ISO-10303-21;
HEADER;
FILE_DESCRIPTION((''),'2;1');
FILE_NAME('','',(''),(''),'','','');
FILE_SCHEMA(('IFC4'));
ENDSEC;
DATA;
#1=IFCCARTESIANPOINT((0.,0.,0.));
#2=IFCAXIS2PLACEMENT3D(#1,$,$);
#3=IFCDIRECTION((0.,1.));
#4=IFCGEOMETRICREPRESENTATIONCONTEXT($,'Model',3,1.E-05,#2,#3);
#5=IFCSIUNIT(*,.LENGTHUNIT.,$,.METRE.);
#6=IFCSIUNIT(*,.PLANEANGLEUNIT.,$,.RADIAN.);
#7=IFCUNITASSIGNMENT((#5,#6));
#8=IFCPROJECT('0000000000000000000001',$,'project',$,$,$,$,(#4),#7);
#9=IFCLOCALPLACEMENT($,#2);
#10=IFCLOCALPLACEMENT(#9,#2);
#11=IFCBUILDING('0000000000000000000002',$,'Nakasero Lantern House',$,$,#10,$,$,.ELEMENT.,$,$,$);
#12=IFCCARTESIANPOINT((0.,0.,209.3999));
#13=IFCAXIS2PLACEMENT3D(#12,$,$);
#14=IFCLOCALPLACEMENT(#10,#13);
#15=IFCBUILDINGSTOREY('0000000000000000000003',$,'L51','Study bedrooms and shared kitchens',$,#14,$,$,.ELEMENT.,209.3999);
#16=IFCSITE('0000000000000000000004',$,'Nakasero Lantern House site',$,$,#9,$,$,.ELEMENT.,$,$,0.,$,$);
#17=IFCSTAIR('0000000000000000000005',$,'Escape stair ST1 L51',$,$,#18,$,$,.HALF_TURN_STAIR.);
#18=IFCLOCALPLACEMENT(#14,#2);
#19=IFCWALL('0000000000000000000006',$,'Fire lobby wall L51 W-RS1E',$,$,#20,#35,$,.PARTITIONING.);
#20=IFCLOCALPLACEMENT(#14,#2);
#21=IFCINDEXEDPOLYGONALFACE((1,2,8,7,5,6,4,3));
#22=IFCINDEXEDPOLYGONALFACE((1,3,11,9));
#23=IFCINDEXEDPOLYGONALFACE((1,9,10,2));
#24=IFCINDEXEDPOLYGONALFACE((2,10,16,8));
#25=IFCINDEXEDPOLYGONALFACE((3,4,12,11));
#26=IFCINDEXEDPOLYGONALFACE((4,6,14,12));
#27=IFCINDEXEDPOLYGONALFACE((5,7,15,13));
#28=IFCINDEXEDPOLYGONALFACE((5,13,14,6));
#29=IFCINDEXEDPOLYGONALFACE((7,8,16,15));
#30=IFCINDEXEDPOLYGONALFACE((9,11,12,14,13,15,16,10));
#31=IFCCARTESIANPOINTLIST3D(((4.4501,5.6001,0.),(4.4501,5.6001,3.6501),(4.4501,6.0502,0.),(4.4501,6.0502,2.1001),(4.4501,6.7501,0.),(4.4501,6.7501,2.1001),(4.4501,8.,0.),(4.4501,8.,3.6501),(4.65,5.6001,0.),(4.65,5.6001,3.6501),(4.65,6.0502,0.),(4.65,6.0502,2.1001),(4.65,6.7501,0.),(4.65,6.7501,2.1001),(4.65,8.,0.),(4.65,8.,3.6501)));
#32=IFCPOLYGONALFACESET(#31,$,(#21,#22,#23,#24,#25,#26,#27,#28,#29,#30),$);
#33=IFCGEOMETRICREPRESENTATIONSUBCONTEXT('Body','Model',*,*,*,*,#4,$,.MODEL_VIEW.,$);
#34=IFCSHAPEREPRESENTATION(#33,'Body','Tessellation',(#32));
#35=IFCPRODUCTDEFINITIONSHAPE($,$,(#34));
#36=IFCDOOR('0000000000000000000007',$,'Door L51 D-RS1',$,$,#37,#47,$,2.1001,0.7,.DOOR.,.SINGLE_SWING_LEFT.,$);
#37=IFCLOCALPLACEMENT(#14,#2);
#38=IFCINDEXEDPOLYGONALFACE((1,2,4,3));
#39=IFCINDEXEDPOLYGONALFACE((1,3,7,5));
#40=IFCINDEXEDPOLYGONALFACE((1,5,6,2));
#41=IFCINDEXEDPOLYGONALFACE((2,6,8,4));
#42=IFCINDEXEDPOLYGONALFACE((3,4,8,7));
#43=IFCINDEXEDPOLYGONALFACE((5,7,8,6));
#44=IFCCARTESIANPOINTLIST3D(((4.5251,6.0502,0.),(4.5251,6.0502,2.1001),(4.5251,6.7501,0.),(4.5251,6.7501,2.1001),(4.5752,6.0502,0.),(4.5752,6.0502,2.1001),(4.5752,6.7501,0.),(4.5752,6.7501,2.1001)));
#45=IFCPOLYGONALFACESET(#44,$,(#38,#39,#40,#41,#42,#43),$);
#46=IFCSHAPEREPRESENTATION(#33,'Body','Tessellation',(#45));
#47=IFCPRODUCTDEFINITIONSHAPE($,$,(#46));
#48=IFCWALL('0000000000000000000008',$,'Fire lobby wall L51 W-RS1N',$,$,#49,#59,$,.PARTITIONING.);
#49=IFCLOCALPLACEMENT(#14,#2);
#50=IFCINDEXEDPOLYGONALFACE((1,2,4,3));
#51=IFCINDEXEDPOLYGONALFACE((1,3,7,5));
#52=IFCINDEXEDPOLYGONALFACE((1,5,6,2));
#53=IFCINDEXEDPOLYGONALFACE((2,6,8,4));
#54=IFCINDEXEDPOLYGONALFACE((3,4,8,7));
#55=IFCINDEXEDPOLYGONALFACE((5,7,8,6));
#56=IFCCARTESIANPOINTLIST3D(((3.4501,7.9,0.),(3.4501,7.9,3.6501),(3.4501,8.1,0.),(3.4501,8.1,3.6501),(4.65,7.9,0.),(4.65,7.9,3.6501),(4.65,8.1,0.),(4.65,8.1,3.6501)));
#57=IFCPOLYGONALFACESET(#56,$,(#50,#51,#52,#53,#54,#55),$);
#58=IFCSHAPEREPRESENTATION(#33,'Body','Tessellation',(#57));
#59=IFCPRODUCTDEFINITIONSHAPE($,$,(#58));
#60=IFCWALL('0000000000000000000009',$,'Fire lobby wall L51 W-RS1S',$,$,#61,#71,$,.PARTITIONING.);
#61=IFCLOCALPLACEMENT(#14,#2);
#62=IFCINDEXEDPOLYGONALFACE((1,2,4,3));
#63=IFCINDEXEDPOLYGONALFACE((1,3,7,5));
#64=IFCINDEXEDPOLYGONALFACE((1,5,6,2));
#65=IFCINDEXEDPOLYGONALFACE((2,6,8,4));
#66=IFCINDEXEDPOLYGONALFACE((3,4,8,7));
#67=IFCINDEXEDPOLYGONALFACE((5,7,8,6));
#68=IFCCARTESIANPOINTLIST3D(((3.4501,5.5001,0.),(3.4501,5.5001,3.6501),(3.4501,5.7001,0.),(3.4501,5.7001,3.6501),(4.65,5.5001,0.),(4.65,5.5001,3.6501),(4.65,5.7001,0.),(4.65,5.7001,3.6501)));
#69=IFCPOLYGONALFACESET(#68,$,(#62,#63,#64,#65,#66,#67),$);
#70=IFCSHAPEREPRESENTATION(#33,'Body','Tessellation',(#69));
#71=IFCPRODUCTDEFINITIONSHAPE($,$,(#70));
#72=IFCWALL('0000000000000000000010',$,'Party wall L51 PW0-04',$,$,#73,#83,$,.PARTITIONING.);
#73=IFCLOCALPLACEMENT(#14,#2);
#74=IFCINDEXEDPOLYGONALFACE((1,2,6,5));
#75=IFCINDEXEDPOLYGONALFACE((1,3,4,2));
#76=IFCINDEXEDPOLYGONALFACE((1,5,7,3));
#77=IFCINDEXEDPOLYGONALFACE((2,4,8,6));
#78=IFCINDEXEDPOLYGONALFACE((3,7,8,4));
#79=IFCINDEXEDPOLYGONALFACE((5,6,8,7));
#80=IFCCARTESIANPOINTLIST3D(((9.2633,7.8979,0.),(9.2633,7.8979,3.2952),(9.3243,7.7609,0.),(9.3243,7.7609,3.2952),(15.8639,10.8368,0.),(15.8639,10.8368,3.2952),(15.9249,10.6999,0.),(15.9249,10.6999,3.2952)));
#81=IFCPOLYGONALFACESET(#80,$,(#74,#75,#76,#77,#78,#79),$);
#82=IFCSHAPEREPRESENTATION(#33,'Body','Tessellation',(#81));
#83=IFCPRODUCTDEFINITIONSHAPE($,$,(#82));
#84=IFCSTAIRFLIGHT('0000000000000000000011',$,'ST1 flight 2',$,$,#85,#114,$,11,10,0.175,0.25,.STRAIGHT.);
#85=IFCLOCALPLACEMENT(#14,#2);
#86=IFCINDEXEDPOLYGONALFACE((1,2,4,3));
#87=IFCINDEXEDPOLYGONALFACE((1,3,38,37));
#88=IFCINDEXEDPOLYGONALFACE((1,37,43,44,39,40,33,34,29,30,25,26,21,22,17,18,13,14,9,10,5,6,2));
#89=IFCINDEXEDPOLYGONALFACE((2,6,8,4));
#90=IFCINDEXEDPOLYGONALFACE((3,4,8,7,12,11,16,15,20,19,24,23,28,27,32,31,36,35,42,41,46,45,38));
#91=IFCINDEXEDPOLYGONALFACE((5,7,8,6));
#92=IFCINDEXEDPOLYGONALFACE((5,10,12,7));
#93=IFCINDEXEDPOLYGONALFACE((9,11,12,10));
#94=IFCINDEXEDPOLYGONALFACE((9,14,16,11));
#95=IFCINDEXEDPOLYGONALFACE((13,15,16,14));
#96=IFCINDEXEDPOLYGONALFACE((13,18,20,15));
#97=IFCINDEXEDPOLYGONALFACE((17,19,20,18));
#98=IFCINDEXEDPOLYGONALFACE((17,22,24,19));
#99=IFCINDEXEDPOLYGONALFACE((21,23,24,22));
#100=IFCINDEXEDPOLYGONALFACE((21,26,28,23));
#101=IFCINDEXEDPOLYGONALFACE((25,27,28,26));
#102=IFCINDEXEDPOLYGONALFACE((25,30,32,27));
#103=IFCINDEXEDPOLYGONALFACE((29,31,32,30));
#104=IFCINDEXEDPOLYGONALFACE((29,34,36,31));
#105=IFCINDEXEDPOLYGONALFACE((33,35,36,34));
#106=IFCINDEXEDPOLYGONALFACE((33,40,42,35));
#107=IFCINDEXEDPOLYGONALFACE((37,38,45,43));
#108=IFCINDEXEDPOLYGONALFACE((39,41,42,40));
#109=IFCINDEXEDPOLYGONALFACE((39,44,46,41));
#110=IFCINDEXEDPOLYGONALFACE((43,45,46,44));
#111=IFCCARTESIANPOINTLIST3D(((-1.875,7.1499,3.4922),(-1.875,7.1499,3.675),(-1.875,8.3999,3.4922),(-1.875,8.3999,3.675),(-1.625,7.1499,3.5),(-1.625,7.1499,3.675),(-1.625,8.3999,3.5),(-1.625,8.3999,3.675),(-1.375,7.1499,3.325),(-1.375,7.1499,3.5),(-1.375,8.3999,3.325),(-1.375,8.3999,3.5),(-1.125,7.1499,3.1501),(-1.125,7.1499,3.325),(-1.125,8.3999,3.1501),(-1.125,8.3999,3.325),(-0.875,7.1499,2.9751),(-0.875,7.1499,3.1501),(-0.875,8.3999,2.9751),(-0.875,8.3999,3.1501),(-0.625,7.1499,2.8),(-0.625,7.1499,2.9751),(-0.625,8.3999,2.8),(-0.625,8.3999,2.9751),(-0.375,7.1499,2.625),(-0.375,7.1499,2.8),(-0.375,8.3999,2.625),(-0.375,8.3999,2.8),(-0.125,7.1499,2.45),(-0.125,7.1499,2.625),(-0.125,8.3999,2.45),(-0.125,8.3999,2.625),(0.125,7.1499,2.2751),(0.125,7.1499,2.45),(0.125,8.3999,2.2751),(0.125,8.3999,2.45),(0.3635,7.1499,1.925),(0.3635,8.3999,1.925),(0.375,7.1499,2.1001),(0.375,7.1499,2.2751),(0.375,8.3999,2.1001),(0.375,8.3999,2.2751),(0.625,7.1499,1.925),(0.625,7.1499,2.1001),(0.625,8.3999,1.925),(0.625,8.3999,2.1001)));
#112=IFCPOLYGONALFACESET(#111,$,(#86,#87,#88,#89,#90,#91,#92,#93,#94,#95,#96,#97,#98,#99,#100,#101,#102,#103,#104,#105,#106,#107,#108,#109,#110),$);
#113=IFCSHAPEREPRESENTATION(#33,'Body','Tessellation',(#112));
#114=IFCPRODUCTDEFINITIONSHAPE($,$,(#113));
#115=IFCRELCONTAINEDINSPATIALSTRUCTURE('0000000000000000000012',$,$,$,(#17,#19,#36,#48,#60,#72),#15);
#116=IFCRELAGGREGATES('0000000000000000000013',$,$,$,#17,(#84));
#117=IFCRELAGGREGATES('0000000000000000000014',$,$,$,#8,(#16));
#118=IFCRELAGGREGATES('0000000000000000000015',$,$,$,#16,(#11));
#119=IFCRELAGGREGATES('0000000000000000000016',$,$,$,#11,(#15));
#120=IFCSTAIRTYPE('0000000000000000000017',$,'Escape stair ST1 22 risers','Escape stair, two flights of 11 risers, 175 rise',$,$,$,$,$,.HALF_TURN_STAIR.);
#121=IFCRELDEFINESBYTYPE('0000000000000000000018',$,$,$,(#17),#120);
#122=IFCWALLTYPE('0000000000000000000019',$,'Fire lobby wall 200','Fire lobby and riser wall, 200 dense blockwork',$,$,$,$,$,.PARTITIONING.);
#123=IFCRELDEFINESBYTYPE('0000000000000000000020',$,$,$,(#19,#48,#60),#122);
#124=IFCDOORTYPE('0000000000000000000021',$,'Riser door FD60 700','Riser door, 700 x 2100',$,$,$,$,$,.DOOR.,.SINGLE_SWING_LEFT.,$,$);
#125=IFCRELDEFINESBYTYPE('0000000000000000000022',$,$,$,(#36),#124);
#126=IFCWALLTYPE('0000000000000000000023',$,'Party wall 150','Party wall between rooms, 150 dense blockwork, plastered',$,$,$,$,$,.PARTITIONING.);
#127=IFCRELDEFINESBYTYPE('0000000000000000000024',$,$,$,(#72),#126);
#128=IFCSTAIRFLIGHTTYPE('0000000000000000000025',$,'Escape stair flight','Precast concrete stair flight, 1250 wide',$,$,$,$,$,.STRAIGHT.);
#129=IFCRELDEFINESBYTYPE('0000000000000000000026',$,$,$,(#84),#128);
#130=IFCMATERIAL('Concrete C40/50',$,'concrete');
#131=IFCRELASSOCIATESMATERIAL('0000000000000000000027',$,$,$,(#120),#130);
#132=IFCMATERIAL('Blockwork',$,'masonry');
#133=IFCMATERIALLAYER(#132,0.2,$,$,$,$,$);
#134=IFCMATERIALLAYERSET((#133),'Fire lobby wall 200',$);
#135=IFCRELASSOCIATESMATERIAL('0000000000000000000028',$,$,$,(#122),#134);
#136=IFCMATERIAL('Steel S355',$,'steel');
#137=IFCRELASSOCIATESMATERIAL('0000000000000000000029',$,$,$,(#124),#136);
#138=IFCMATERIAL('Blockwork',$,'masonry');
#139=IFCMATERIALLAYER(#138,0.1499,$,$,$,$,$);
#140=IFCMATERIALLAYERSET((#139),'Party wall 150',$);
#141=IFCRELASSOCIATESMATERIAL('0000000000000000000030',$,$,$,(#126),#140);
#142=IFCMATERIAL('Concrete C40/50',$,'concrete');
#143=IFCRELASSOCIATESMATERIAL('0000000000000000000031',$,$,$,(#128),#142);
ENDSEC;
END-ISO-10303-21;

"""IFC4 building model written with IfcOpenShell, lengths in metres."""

from ifc_helpers import new_model, si_unit, direction, frame, frame_2d, origin, place, context, subcontext, project, spatial, polyline, rectangle, outline, extrude, material, layer, layer_set, type_object, element, fill, aggregate, save


model = new_model("IFC4")

# Units and contexts
model_context = context("Model", 3, precision=1e-05, world=origin(), true_north=direction((0.0, 1.0)))
body_context = subcontext(model_context, "Body", "Model", "MODEL_VIEW")
ifc_project = project(units=[si_unit("LENGTHUNIT", "METRE"), si_unit("PLANEANGLEUNIT", "RADIAN")], contexts=[model_context])

# Site, building, storey
site_placement = place(None, origin())
site = spatial("IfcSite", under=ifc_project, at=site_placement, Name="Nakasero Lantern House site", CompositionType="ELEMENT", RefElevation=0.0)
building_placement = place(site_placement, origin())
building = spatial("IfcBuilding", under=site, at=building_placement, Name="Nakasero Lantern House", CompositionType="ELEMENT")
storey_placement = place(building_placement, frame((0.0, 0.0, 209.3999)))
storey = spatial("IfcBuildingStorey", under=building, at=storey_placement, Name="L51", Description="Study bedrooms and shared kitchens", CompositionType="ELEMENT", Elevation=209.3999)

# Stair
ifc_material_1 = material(Name="Concrete C40/50", Category="concrete")
stair_type_1 = type_object("IfcStairType", Name="Escape stair ST1 22 risers", Description="Escape stair, two flights of 11 risers, 175 rise", PredefinedType="HALF_TURN_STAIR", material=ifc_material_1)
stair_1_placement = place(storey_placement, origin())
stair_1 = element("IfcStair", 1, at=stair_1_placement, inside=storey, type_object=stair_type_1, Name="Escape stair ST1 L51", PredefinedType="HALF_TURN_STAIR")

# Wall, opening, door
ifc_material_2 = material(Name="Blockwork", Category="masonry")
ifc_layer_1 = layer(ifc_material_2, 0.2)
ifc_layer_set_1 = layer_set([ifc_layer_1], Name="Fire lobby wall 200")
wall_type_1 = type_object("IfcWallType", Name="Fire lobby wall 200", Description="Fire lobby and riser wall, 200 dense blockwork", PredefinedType="PARTITIONING", material=ifc_layer_set_1)
wall_1_placement = place(storey_placement, frame((4.55, 5.6001, 0.0), z_axis=(0.0, 0.0, 1.0), x_axis=(0.0, 1.0, 0.0)))
wall_1 = element("IfcWall", 2, at=wall_1_placement, inside=storey, type_object=wall_type_1, Name="Fire lobby wall L51 W-RS1E", PredefinedType="PARTITIONING", context=body_context, shape_type="SweptSolid", body=[
    extrude(rectangle(XDim=2.3999, YDim=0.2, at=frame_2d((1.2, 0.0))), origin(), (0.0, 0.0, 1.0), 3.6501),
])
opening_1_placement = place(wall_1_placement, frame((0.45, 0.0, 0.0)))
opening_1 = element("IfcOpeningElement", 3, at=opening_1_placement, cuts=wall_1, PredefinedType="OPENING", context=body_context, shape_type="SweptSolid", body=[
    extrude(rectangle(XDim=0.7, YDim=2.1001, at=frame_2d((0.3501, 1.05))), frame((0.0, 0.1199, 0.0), z_axis=(0.0, -1.0, 0.0), x_axis=(1.0, 0.0, 0.0)), (0.0, 0.0, 1.0), 0.24),
])
ifc_material_3 = material(Name="Steel S355", Category="steel")
door_type_1 = type_object("IfcDoorType", Name="Riser door FD60 700", Description="Riser door, 700 x 2100", OperationType="SINGLE_SWING_LEFT", PredefinedType="DOOR", material=ifc_material_3)
door_1_placement = place(opening_1_placement, origin())
door_1 = element("IfcDoor", 4, at=door_1_placement, inside=storey, type_object=door_type_1, Name="Door L51 D-RS1", OperationType="SINGLE_SWING_LEFT", OverallHeight=2.1001, OverallWidth=0.7, PredefinedType="DOOR", context=body_context, shape_type="SweptSolid", body=[
    extrude(rectangle(XDim=0.7, YDim=2.1001, at=frame_2d((0.3501, 1.05))), frame((0.0, 0.0249, 0.0), z_axis=(0.0, -1.0, 0.0), x_axis=(1.0, 0.0, 0.0)), (0.0, 0.0, 1.0), 0.05),
])
fill(opening_1, door_1)

# Walls
for number, where, z_axis, x_axis, name in (
    (5, (3.45, 8.0, 0.0), (0.0, 0.0, 1.0), (1.0, 0.0, 0.0), "Fire lobby wall L51 W-RS1N"),
    (6, (3.45, 5.6001, 0.0), (0.0, 0.0, 1.0), (1.0, 0.0, 0.0), "Fire lobby wall L51 W-RS1S"),
):
    element("IfcWall", number, at=place(storey_placement, frame(where, z_axis=z_axis, x_axis=x_axis)), inside=storey, type_object=wall_type_1, Name=name, PredefinedType="PARTITIONING", context=body_context, shape_type="SweptSolid", body=[
        extrude(rectangle(XDim=1.2, YDim=0.2, at=frame_2d((0.6001, 0.0))), origin(), (0.0, 0.0, 1.0), 3.6501),
    ])
ifc_material_4 = material(Name="Blockwork", Category="masonry")
ifc_layer_2 = layer(ifc_material_4, 0.1499)
ifc_layer_set_2 = layer_set([ifc_layer_2], Name="Party wall 150")
wall_type_2 = type_object("IfcWallType", Name="Party wall 150", Description="Party wall between rooms, 150 dense blockwork, plastered", PredefinedType="PARTITIONING", material=ifc_layer_set_2)
wall_2_placement = place(storey_placement, frame((9.2937, 7.8293, 0.0), z_axis=(0.0, 0.0, 1.0), x_axis=(0.913535, 0.406759, 0.0)))
element("IfcWall", 7, at=wall_2_placement, inside=storey, type_object=wall_type_2, Name="Party wall L51 PW0-04", PredefinedType="PARTITIONING", context=body_context, shape_type="SweptSolid", body=[
    extrude(rectangle(XDim=7.2253, YDim=0.1499, at=frame_2d((3.6128, 0.0))), origin(), (0.0, 0.0, 1.0), 3.2952),
])

# Stair flight
ifc_material_5 = material(Name="Concrete C40/50", Category="concrete")
stair_flight_type = type_object("IfcStairFlightType", Name="Escape stair flight", Description="Precast concrete stair flight, 1250 wide", PredefinedType="STRAIGHT", material=ifc_material_5)
stair_flight_placement = place(storey_placement, frame((0.625, 7.7749, 1.925), z_axis=(0.0, 0.0, 1.0), x_axis=(-1.0, 0.0, 0.0)))
stair_flight = element("IfcStairFlight", 8, at=stair_flight_placement, type_object=stair_flight_type, Name="ST1 flight 2", NumberOfRisers=11, NumberOfTreads=10, PredefinedType="STRAIGHT", RiserHeight=0.175, TreadLength=0.25, context=body_context, shape_type="SweptSolid", body=[
    extrude(outline(polyline([(0.0, 0.0), (0.0, 0.175), (0.25, 0.175), (0.25, 0.3501), (0.5, 0.3501), (0.5, 0.5249), (0.75, 0.5249), (0.75, 0.7), (1.0, 0.7), (1.0, 0.875), (1.25, 0.875), (1.25, 1.05), (1.5, 1.05), (1.5, 1.2251), (1.75, 1.2251), (1.75, 1.3999), (2.0, 1.3999), (2.0, 1.575), (2.25, 1.575), (2.25, 1.75), (2.5, 1.75), (2.5, 1.925), (2.5, 1.5671), (0.2615, 0.0), (0.0, 0.0)])), frame((0.0, 0.625, 0.0), z_axis=(0.0, -1.0, 0.0), x_axis=(1.0, 0.0, 0.0)), (0.0, 0.0, 1.0), 1.25),
])
aggregate(stair_1, [stair_flight])

save(model, "model.ifc")
